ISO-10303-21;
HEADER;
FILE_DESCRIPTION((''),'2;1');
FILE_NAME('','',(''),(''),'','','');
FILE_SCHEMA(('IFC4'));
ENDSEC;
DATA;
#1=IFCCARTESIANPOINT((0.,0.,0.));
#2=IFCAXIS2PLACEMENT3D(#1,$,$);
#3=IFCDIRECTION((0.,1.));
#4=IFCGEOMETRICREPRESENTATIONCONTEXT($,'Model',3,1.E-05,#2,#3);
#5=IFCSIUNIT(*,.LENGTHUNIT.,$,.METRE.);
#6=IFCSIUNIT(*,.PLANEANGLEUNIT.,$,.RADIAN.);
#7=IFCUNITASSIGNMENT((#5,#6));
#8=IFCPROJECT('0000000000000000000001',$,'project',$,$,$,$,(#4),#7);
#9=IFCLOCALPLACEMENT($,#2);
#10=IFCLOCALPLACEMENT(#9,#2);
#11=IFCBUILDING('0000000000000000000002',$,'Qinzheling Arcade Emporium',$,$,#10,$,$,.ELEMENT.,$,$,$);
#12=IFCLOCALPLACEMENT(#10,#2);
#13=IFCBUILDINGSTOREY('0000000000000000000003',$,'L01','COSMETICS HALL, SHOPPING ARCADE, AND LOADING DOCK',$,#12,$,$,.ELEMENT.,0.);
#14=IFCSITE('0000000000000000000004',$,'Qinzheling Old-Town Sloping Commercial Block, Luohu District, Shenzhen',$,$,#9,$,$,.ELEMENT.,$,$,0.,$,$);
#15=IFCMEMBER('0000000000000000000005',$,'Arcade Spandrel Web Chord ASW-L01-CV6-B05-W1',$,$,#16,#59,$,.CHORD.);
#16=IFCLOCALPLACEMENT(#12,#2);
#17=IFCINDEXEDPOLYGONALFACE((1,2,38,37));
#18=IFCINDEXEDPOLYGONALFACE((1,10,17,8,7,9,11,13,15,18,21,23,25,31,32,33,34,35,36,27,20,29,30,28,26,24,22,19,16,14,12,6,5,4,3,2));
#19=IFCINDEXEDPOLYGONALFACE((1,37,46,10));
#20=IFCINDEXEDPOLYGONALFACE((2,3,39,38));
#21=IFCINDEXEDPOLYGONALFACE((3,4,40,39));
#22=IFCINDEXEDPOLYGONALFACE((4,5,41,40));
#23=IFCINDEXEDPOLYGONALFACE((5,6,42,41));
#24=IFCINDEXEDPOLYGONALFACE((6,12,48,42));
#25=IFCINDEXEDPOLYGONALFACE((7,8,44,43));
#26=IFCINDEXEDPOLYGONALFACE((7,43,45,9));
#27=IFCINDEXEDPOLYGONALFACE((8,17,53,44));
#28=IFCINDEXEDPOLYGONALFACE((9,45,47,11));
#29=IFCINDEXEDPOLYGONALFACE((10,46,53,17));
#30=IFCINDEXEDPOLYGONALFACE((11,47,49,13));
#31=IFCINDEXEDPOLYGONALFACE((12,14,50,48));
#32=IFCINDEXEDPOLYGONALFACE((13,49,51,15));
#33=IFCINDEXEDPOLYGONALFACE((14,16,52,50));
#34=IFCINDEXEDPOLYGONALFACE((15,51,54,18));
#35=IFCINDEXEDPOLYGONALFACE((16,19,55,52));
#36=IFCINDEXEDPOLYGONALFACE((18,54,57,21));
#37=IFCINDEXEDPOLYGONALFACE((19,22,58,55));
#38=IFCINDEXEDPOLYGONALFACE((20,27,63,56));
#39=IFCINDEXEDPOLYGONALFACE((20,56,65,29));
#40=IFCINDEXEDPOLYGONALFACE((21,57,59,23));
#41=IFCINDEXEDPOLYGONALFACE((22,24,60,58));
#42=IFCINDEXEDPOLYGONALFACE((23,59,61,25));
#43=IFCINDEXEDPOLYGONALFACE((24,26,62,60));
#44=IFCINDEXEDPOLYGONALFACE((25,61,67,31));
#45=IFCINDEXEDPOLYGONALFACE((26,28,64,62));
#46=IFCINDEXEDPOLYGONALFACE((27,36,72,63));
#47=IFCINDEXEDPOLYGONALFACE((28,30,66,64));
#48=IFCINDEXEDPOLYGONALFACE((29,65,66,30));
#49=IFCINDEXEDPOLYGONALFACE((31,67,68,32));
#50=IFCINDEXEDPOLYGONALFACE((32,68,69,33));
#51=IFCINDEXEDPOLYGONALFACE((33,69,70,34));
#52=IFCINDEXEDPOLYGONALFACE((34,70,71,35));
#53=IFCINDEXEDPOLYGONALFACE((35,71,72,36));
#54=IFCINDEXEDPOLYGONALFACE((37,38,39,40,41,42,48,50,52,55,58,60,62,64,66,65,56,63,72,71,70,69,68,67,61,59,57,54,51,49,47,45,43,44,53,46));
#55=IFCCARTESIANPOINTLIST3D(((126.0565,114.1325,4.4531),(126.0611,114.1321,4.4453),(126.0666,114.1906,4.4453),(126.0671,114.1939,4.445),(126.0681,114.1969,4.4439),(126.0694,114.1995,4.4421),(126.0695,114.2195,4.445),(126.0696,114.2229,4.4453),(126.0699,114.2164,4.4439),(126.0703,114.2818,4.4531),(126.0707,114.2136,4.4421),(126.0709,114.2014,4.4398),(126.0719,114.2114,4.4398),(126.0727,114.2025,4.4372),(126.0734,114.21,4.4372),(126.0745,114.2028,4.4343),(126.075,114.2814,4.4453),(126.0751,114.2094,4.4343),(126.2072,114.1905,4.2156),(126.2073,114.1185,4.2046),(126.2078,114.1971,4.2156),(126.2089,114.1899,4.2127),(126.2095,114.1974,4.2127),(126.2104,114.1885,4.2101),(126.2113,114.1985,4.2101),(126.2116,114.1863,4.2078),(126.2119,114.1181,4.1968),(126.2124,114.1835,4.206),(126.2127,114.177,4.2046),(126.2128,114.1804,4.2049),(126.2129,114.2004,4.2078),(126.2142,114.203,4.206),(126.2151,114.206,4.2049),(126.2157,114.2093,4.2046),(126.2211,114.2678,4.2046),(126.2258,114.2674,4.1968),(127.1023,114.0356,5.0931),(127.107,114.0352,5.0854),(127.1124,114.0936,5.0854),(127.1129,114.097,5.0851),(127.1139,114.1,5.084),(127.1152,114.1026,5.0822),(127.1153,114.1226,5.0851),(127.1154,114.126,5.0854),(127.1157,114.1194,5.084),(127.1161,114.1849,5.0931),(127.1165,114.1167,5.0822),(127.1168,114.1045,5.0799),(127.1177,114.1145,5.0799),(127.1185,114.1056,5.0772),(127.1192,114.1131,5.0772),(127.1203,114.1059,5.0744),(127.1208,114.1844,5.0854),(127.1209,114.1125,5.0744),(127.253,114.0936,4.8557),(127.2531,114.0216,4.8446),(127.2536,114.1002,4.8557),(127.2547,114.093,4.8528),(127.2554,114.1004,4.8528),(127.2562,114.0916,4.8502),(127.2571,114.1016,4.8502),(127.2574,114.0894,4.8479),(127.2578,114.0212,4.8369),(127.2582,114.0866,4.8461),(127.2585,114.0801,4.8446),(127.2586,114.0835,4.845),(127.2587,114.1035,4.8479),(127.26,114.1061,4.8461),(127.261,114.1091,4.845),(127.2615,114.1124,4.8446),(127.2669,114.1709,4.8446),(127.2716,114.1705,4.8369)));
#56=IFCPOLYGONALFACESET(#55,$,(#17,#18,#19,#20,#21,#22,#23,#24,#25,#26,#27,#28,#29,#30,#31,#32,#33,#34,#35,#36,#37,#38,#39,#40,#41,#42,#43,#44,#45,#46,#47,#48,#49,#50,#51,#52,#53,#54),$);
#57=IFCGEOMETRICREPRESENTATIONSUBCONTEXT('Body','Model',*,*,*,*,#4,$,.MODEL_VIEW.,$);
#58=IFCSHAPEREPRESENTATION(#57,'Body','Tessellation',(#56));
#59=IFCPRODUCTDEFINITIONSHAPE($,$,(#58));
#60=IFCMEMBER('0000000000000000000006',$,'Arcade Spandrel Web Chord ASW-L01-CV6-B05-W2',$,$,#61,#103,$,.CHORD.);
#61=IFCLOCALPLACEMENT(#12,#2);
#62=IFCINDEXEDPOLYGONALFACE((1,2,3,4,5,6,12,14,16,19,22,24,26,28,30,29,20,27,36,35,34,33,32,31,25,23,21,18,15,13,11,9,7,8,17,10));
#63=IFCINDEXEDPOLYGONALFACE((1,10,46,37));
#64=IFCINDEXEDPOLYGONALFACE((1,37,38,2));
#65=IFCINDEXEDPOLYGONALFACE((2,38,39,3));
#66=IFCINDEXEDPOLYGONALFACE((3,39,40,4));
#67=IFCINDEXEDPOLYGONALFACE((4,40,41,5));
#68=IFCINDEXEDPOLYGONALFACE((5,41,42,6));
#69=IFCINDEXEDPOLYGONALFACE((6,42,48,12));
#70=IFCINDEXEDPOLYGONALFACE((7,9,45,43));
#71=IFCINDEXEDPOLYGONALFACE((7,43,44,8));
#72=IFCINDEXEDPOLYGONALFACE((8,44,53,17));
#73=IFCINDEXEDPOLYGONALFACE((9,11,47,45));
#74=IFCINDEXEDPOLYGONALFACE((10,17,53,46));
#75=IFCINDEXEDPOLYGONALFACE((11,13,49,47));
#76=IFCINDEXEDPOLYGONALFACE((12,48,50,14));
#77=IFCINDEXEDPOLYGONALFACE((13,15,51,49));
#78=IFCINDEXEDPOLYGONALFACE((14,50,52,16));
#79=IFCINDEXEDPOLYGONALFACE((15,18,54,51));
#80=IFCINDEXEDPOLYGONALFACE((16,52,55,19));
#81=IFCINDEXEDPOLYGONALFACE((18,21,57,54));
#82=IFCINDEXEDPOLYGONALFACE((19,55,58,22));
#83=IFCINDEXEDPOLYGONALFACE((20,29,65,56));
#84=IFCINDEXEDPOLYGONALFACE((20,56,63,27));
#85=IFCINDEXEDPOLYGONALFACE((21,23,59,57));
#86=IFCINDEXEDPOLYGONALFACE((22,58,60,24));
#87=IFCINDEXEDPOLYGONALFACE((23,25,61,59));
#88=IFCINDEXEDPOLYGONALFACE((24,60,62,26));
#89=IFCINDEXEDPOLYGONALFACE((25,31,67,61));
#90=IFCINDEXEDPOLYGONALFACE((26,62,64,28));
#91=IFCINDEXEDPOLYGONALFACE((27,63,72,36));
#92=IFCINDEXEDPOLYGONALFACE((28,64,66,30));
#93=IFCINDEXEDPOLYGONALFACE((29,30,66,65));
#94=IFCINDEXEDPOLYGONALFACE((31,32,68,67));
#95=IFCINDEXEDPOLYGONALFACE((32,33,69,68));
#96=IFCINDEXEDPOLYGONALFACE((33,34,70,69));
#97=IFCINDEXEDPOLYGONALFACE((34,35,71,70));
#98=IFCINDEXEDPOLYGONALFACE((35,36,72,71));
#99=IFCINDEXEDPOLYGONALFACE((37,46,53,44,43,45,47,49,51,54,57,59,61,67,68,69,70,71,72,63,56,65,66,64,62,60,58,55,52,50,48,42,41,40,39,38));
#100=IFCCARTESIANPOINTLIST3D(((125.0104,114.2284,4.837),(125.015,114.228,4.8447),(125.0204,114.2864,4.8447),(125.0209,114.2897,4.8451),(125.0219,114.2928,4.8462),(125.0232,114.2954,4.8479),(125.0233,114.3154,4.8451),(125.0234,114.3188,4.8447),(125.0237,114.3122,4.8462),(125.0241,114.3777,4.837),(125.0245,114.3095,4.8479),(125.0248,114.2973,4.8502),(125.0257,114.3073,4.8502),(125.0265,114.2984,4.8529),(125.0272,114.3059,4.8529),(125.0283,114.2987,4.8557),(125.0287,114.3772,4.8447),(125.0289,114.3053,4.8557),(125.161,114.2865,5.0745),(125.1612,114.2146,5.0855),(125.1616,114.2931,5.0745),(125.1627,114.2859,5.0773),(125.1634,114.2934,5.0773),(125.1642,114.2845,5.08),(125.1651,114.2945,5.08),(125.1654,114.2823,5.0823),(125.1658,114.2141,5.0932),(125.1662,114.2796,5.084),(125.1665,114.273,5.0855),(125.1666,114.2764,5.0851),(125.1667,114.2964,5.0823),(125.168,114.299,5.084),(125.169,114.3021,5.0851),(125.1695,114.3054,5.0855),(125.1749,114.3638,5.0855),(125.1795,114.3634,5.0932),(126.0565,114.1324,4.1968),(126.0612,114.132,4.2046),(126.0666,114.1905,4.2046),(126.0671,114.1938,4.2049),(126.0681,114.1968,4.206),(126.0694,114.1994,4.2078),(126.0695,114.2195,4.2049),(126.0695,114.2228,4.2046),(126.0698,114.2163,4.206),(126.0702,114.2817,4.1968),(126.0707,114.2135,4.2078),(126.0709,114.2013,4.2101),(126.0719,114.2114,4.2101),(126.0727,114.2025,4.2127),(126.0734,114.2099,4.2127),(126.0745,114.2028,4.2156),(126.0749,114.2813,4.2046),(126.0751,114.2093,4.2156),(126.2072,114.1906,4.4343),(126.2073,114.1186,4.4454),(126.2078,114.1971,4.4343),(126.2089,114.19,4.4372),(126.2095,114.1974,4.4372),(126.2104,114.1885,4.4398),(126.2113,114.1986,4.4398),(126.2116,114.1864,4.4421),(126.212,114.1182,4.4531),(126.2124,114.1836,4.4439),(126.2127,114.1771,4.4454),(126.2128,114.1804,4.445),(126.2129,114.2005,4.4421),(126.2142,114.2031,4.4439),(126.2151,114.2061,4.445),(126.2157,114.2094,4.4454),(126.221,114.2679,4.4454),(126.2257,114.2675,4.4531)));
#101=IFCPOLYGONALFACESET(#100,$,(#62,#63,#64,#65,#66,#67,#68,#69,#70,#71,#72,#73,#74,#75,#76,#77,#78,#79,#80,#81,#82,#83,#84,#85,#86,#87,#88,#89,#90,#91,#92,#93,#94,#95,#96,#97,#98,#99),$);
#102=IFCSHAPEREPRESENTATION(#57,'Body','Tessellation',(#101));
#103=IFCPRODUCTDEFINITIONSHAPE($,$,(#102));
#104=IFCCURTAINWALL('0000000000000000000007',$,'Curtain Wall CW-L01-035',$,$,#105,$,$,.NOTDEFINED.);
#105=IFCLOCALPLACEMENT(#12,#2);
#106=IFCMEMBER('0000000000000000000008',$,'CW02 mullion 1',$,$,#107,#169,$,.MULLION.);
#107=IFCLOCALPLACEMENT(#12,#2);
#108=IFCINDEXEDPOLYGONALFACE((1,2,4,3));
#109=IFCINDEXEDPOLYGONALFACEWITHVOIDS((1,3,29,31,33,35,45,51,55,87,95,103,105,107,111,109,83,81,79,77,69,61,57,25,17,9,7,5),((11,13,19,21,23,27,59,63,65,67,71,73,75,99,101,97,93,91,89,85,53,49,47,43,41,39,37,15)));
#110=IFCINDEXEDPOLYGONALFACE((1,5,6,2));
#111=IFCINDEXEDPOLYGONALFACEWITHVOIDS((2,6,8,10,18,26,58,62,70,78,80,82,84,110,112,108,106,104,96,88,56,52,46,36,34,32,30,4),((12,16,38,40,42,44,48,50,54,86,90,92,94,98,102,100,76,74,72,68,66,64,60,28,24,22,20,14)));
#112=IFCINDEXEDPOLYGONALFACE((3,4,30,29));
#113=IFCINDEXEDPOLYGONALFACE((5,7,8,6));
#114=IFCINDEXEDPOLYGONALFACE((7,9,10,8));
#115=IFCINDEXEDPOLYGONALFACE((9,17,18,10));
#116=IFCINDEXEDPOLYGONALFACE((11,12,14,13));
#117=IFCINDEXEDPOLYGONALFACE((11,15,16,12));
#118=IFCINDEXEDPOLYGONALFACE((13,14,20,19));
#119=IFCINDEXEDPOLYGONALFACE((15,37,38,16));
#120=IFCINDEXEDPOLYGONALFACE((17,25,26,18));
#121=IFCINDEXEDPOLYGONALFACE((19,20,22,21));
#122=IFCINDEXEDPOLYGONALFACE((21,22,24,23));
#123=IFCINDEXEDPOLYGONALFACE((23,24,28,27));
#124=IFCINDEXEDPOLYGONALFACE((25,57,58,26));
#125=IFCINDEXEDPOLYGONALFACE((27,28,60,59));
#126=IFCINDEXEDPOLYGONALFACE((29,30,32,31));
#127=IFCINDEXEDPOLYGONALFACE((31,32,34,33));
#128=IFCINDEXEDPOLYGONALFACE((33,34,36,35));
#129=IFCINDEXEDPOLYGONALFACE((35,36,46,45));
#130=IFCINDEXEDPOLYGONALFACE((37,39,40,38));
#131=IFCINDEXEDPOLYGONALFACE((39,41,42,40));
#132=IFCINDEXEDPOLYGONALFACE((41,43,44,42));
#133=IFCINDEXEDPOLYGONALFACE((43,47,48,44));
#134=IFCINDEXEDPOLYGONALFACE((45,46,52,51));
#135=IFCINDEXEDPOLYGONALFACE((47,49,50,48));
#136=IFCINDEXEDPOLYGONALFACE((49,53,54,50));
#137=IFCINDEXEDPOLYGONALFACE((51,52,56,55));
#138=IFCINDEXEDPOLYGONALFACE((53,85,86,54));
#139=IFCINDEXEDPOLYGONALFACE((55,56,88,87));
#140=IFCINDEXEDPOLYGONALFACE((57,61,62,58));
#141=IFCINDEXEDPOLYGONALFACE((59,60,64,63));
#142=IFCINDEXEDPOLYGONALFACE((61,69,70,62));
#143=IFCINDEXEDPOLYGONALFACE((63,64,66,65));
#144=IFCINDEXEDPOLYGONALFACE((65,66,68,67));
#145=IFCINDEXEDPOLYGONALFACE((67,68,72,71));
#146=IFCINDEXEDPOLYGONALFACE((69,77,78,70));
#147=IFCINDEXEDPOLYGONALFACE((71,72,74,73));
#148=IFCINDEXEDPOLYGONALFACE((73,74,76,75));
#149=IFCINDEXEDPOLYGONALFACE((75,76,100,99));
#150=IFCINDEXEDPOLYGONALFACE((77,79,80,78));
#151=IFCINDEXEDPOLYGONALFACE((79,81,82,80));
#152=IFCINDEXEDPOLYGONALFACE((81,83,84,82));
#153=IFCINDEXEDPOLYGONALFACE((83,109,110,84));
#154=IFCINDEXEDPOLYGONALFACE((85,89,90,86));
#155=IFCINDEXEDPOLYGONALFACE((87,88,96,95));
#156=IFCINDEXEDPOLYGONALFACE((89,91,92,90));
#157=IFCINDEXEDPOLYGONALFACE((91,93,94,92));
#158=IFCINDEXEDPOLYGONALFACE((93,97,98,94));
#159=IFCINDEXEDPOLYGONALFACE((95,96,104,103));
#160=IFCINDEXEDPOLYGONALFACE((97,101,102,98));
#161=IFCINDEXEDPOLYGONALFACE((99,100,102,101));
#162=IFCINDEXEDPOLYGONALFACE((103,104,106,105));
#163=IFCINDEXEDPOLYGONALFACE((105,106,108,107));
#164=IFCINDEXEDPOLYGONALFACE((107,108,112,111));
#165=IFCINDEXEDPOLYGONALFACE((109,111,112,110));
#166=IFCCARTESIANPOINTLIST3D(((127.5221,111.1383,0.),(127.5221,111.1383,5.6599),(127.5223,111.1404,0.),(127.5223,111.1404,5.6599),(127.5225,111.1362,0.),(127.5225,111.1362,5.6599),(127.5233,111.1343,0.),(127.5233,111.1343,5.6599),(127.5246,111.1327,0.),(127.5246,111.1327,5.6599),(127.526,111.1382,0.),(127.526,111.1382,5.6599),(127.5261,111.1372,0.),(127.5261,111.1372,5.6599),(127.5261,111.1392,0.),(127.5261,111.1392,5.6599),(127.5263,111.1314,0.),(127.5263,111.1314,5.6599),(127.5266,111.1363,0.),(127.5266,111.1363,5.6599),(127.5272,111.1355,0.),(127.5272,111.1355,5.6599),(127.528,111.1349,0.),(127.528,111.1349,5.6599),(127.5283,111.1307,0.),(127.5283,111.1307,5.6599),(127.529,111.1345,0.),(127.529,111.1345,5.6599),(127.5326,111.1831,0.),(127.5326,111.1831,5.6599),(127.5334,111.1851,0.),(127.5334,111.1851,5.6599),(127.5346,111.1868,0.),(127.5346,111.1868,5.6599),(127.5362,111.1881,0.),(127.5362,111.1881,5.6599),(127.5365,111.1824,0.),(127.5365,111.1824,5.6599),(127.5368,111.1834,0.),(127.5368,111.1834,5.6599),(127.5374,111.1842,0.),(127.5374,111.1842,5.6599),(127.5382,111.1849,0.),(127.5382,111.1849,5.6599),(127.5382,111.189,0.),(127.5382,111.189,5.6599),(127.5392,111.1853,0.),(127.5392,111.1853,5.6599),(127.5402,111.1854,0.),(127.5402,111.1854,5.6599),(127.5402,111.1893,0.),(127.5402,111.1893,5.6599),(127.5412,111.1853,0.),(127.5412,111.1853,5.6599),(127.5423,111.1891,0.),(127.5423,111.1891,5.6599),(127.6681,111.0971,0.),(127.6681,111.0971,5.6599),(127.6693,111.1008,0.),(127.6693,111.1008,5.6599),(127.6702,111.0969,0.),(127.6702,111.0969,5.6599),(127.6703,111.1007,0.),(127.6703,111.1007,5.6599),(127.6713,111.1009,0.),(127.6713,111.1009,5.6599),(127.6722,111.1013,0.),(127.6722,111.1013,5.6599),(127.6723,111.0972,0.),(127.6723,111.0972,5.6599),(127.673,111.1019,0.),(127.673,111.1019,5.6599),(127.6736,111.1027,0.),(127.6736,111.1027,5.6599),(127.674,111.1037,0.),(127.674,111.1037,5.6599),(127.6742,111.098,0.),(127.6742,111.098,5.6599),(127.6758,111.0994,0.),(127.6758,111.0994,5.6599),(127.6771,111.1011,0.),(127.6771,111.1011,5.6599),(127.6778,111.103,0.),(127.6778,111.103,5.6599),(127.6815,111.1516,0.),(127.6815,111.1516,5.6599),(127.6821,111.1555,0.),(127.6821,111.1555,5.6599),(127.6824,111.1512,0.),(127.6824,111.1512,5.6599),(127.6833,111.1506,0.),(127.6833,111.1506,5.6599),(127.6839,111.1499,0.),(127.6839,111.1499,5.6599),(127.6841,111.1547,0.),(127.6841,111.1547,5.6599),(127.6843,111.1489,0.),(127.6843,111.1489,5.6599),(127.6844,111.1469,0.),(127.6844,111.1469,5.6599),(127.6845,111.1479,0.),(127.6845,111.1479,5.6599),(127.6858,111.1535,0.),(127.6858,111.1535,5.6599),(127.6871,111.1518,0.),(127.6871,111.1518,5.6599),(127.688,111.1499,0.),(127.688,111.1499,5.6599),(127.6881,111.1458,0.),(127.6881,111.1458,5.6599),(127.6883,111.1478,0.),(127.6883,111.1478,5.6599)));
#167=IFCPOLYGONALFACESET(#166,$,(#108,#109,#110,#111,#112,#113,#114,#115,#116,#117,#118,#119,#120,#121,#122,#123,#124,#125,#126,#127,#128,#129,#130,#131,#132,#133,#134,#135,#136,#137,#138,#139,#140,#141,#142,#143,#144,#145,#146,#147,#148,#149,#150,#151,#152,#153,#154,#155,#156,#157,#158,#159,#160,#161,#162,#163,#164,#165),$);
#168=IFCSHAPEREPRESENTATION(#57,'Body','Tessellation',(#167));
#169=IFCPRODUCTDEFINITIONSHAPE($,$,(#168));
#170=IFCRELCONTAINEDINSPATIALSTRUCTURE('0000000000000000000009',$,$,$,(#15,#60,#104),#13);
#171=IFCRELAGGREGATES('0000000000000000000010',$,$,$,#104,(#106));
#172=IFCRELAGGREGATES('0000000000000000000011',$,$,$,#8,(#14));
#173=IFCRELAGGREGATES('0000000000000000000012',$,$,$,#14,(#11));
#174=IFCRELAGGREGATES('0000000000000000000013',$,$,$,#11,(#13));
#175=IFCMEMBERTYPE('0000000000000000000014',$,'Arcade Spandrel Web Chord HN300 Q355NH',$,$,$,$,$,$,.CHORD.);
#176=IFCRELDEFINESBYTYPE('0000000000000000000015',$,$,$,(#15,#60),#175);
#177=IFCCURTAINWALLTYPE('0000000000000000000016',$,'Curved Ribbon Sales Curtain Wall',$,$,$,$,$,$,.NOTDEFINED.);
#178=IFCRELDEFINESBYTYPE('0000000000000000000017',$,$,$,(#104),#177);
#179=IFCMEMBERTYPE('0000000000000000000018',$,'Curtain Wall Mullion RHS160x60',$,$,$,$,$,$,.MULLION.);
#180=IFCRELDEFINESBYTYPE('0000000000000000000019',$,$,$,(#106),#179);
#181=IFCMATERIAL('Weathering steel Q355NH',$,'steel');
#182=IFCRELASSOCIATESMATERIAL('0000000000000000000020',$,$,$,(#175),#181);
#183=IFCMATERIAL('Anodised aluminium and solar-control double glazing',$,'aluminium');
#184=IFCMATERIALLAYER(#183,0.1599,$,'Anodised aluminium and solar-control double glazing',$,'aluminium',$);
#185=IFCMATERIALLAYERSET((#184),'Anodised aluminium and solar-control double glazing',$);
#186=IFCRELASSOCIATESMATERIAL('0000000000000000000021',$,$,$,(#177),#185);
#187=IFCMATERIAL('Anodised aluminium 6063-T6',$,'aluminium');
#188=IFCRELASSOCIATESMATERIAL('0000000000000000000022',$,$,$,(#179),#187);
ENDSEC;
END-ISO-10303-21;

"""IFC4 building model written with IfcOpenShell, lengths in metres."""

from ifc_helpers import new_model, si_unit, direction, frame, origin, origin_2d, place, context, subcontext, project, spatial, hollow_rectangle, i_section, extrude, material, layer, layer_set, material_profile, profile_set, type_object, element, aggregate, save


model = new_model("IFC4")

# Units and contexts
model_context = context("Model", 3, precision=1e-05, world=origin(), true_north=direction((0.0, 1.0)))
body_context = subcontext(model_context, "Body", "Model", "MODEL_VIEW")
ifc_project = project(units=[si_unit("LENGTHUNIT", "METRE"), si_unit("PLANEANGLEUNIT", "RADIAN")], contexts=[model_context])

# Site, building, storey
site_placement = place(None, origin())
site = spatial("IfcSite", under=ifc_project, at=site_placement, Name="Qinzheling Old-Town Sloping Commercial Block, Luohu District, Shenzhen", CompositionType="ELEMENT", RefElevation=0.0)
building_placement = place(site_placement, origin())
building = spatial("IfcBuilding", under=site, at=building_placement, Name="Qinzheling Arcade Emporium", CompositionType="ELEMENT")
storey_placement = place(building_placement, origin())
storey = spatial("IfcBuildingStorey", under=building, at=storey_placement, Name="L01", Description="COSMETICS HALL, SHOPPING ARCADE, AND LOADING DOCK", CompositionType="ELEMENT", Elevation=0.0)

# Shared definitions
ifc_material_1 = material(Name="Weathering steel Q355NH", Category="steel")

# Members
ifc_material_profile_1 = material_profile(ifc_material_1, i_section(OverallWidth=0.1499, OverallDepth=0.3, WebThickness=0.0066, FlangeThickness=0.009, FilletRadius=0.0129, at=origin_2d()), Name="HN 300x150x6.5x9", Category="steel")
ifc_profile_set_1 = profile_set([ifc_material_profile_1], Name="Weathering steel Q355NH")
member_type_1 = type_object("IfcMemberType", Name="Arcade Spandrel Web Chord HN300 Q355NH", PredefinedType="CHORD", material=ifc_profile_set_1)
member_1_placement = place(storey_placement, frame((126.1411, 114.2, 4.325), z_axis=(0.850275, -0.078795, 0.520407), x_axis=(0.092275, 0.995734, 0.0)))
element("IfcMember", 1, at=member_1_placement, inside=storey, type_object=member_type_1, Name="Arcade Spandrel Web Chord ASW-L01-CV6-B05-W1", PredefinedType="CHORD", context=body_context, shape_type="SweptSolid", body=[
    extrude(i_section(OverallWidth=0.1499, OverallDepth=0.3, WebThickness=0.0066, FlangeThickness=0.009, FilletRadius=0.0129, at=origin_2d()), origin(), (0.0, 0.0, 1.0), 1.23),
])
member_2_placement = place(storey_placement, frame((126.1411, 114.2, 4.325), z_axis=(-0.850383, 0.077993, 0.520351), x_axis=(-0.091332, -0.995821, 0.0)))
element("IfcMember", 2, at=member_2_placement, inside=storey, type_object=member_type_1, Name="Arcade Spandrel Web Chord ASW-L01-CV6-B05-W2", PredefinedType="CHORD", context=body_context, shape_type="SweptSolid", body=[
    extrude(i_section(OverallWidth=0.1499, OverallDepth=0.3, WebThickness=0.0066, FlangeThickness=0.009, FilletRadius=0.0129, at=origin_2d()), origin(), (0.0, 0.0, 1.0), 1.2302),
])

# Curtain wall, member
ifc_material_2 = material(Name="Anodised aluminium and solar-control double glazing", Category="aluminium")
ifc_layer_1 = layer(ifc_material_2, 0.1599, Name="Anodised aluminium and solar-control double glazing", Category="aluminium")
ifc_layer_set_1 = layer_set([ifc_layer_1], Name="Anodised aluminium and solar-control double glazing")
curtain_wall_type = type_object("IfcCurtainWallType", Name="Curved Ribbon Sales Curtain Wall", PredefinedType="NOTDEFINED", material=ifc_layer_set_1)
curtain_wall_placement = place(storey_placement, origin())
curtain_wall = element("IfcCurtainWall", 3, at=curtain_wall_placement, inside=storey, type_object=curtain_wall_type, Name="Curtain Wall CW-L01-035", PredefinedType="NOTDEFINED")
ifc_material_3 = material(Name="Anodised aluminium 6063-T6", Category="aluminium")
ifc_material_profile_2 = material_profile(ifc_material_3, hollow_rectangle(XDim=0.0601, YDim=0.1599, WallThickness=0.0039, InnerFilletRadius=0.0039, OuterFilletRadius=0.0081, at=origin_2d()), Name="RHS 160x60x4", Category="aluminium")
ifc_profile_set_2 = profile_set([ifc_material_profile_2], Name="Anodised aluminium 6063-T6")
member_type_2 = type_object("IfcMemberType", Name="Curtain Wall Mullion RHS160x60", PredefinedType="MULLION", material=ifc_profile_set_2)
member_3_placement = place(storey_placement, frame((127.6052, 111.1431, 0.0), z_axis=(0.0, 0.0, 1.0), x_axis=(0.233587, 0.972336, 0.0)))
member_3 = element("IfcMember", 4, at=member_3_placement, type_object=member_type_2, Name="CW02 mullion 1", PredefinedType="MULLION", context=body_context, shape_type="SweptSolid", body=[
    extrude(hollow_rectangle(XDim=0.0601, YDim=0.1599, WallThickness=0.0039, InnerFilletRadius=0.0039, OuterFilletRadius=0.0081, at=origin_2d()), origin(), (0.0, 0.0, 1.0), 5.6599),
])

aggregate(curtain_wall, [member_3])

save(model, "model.ifc")
